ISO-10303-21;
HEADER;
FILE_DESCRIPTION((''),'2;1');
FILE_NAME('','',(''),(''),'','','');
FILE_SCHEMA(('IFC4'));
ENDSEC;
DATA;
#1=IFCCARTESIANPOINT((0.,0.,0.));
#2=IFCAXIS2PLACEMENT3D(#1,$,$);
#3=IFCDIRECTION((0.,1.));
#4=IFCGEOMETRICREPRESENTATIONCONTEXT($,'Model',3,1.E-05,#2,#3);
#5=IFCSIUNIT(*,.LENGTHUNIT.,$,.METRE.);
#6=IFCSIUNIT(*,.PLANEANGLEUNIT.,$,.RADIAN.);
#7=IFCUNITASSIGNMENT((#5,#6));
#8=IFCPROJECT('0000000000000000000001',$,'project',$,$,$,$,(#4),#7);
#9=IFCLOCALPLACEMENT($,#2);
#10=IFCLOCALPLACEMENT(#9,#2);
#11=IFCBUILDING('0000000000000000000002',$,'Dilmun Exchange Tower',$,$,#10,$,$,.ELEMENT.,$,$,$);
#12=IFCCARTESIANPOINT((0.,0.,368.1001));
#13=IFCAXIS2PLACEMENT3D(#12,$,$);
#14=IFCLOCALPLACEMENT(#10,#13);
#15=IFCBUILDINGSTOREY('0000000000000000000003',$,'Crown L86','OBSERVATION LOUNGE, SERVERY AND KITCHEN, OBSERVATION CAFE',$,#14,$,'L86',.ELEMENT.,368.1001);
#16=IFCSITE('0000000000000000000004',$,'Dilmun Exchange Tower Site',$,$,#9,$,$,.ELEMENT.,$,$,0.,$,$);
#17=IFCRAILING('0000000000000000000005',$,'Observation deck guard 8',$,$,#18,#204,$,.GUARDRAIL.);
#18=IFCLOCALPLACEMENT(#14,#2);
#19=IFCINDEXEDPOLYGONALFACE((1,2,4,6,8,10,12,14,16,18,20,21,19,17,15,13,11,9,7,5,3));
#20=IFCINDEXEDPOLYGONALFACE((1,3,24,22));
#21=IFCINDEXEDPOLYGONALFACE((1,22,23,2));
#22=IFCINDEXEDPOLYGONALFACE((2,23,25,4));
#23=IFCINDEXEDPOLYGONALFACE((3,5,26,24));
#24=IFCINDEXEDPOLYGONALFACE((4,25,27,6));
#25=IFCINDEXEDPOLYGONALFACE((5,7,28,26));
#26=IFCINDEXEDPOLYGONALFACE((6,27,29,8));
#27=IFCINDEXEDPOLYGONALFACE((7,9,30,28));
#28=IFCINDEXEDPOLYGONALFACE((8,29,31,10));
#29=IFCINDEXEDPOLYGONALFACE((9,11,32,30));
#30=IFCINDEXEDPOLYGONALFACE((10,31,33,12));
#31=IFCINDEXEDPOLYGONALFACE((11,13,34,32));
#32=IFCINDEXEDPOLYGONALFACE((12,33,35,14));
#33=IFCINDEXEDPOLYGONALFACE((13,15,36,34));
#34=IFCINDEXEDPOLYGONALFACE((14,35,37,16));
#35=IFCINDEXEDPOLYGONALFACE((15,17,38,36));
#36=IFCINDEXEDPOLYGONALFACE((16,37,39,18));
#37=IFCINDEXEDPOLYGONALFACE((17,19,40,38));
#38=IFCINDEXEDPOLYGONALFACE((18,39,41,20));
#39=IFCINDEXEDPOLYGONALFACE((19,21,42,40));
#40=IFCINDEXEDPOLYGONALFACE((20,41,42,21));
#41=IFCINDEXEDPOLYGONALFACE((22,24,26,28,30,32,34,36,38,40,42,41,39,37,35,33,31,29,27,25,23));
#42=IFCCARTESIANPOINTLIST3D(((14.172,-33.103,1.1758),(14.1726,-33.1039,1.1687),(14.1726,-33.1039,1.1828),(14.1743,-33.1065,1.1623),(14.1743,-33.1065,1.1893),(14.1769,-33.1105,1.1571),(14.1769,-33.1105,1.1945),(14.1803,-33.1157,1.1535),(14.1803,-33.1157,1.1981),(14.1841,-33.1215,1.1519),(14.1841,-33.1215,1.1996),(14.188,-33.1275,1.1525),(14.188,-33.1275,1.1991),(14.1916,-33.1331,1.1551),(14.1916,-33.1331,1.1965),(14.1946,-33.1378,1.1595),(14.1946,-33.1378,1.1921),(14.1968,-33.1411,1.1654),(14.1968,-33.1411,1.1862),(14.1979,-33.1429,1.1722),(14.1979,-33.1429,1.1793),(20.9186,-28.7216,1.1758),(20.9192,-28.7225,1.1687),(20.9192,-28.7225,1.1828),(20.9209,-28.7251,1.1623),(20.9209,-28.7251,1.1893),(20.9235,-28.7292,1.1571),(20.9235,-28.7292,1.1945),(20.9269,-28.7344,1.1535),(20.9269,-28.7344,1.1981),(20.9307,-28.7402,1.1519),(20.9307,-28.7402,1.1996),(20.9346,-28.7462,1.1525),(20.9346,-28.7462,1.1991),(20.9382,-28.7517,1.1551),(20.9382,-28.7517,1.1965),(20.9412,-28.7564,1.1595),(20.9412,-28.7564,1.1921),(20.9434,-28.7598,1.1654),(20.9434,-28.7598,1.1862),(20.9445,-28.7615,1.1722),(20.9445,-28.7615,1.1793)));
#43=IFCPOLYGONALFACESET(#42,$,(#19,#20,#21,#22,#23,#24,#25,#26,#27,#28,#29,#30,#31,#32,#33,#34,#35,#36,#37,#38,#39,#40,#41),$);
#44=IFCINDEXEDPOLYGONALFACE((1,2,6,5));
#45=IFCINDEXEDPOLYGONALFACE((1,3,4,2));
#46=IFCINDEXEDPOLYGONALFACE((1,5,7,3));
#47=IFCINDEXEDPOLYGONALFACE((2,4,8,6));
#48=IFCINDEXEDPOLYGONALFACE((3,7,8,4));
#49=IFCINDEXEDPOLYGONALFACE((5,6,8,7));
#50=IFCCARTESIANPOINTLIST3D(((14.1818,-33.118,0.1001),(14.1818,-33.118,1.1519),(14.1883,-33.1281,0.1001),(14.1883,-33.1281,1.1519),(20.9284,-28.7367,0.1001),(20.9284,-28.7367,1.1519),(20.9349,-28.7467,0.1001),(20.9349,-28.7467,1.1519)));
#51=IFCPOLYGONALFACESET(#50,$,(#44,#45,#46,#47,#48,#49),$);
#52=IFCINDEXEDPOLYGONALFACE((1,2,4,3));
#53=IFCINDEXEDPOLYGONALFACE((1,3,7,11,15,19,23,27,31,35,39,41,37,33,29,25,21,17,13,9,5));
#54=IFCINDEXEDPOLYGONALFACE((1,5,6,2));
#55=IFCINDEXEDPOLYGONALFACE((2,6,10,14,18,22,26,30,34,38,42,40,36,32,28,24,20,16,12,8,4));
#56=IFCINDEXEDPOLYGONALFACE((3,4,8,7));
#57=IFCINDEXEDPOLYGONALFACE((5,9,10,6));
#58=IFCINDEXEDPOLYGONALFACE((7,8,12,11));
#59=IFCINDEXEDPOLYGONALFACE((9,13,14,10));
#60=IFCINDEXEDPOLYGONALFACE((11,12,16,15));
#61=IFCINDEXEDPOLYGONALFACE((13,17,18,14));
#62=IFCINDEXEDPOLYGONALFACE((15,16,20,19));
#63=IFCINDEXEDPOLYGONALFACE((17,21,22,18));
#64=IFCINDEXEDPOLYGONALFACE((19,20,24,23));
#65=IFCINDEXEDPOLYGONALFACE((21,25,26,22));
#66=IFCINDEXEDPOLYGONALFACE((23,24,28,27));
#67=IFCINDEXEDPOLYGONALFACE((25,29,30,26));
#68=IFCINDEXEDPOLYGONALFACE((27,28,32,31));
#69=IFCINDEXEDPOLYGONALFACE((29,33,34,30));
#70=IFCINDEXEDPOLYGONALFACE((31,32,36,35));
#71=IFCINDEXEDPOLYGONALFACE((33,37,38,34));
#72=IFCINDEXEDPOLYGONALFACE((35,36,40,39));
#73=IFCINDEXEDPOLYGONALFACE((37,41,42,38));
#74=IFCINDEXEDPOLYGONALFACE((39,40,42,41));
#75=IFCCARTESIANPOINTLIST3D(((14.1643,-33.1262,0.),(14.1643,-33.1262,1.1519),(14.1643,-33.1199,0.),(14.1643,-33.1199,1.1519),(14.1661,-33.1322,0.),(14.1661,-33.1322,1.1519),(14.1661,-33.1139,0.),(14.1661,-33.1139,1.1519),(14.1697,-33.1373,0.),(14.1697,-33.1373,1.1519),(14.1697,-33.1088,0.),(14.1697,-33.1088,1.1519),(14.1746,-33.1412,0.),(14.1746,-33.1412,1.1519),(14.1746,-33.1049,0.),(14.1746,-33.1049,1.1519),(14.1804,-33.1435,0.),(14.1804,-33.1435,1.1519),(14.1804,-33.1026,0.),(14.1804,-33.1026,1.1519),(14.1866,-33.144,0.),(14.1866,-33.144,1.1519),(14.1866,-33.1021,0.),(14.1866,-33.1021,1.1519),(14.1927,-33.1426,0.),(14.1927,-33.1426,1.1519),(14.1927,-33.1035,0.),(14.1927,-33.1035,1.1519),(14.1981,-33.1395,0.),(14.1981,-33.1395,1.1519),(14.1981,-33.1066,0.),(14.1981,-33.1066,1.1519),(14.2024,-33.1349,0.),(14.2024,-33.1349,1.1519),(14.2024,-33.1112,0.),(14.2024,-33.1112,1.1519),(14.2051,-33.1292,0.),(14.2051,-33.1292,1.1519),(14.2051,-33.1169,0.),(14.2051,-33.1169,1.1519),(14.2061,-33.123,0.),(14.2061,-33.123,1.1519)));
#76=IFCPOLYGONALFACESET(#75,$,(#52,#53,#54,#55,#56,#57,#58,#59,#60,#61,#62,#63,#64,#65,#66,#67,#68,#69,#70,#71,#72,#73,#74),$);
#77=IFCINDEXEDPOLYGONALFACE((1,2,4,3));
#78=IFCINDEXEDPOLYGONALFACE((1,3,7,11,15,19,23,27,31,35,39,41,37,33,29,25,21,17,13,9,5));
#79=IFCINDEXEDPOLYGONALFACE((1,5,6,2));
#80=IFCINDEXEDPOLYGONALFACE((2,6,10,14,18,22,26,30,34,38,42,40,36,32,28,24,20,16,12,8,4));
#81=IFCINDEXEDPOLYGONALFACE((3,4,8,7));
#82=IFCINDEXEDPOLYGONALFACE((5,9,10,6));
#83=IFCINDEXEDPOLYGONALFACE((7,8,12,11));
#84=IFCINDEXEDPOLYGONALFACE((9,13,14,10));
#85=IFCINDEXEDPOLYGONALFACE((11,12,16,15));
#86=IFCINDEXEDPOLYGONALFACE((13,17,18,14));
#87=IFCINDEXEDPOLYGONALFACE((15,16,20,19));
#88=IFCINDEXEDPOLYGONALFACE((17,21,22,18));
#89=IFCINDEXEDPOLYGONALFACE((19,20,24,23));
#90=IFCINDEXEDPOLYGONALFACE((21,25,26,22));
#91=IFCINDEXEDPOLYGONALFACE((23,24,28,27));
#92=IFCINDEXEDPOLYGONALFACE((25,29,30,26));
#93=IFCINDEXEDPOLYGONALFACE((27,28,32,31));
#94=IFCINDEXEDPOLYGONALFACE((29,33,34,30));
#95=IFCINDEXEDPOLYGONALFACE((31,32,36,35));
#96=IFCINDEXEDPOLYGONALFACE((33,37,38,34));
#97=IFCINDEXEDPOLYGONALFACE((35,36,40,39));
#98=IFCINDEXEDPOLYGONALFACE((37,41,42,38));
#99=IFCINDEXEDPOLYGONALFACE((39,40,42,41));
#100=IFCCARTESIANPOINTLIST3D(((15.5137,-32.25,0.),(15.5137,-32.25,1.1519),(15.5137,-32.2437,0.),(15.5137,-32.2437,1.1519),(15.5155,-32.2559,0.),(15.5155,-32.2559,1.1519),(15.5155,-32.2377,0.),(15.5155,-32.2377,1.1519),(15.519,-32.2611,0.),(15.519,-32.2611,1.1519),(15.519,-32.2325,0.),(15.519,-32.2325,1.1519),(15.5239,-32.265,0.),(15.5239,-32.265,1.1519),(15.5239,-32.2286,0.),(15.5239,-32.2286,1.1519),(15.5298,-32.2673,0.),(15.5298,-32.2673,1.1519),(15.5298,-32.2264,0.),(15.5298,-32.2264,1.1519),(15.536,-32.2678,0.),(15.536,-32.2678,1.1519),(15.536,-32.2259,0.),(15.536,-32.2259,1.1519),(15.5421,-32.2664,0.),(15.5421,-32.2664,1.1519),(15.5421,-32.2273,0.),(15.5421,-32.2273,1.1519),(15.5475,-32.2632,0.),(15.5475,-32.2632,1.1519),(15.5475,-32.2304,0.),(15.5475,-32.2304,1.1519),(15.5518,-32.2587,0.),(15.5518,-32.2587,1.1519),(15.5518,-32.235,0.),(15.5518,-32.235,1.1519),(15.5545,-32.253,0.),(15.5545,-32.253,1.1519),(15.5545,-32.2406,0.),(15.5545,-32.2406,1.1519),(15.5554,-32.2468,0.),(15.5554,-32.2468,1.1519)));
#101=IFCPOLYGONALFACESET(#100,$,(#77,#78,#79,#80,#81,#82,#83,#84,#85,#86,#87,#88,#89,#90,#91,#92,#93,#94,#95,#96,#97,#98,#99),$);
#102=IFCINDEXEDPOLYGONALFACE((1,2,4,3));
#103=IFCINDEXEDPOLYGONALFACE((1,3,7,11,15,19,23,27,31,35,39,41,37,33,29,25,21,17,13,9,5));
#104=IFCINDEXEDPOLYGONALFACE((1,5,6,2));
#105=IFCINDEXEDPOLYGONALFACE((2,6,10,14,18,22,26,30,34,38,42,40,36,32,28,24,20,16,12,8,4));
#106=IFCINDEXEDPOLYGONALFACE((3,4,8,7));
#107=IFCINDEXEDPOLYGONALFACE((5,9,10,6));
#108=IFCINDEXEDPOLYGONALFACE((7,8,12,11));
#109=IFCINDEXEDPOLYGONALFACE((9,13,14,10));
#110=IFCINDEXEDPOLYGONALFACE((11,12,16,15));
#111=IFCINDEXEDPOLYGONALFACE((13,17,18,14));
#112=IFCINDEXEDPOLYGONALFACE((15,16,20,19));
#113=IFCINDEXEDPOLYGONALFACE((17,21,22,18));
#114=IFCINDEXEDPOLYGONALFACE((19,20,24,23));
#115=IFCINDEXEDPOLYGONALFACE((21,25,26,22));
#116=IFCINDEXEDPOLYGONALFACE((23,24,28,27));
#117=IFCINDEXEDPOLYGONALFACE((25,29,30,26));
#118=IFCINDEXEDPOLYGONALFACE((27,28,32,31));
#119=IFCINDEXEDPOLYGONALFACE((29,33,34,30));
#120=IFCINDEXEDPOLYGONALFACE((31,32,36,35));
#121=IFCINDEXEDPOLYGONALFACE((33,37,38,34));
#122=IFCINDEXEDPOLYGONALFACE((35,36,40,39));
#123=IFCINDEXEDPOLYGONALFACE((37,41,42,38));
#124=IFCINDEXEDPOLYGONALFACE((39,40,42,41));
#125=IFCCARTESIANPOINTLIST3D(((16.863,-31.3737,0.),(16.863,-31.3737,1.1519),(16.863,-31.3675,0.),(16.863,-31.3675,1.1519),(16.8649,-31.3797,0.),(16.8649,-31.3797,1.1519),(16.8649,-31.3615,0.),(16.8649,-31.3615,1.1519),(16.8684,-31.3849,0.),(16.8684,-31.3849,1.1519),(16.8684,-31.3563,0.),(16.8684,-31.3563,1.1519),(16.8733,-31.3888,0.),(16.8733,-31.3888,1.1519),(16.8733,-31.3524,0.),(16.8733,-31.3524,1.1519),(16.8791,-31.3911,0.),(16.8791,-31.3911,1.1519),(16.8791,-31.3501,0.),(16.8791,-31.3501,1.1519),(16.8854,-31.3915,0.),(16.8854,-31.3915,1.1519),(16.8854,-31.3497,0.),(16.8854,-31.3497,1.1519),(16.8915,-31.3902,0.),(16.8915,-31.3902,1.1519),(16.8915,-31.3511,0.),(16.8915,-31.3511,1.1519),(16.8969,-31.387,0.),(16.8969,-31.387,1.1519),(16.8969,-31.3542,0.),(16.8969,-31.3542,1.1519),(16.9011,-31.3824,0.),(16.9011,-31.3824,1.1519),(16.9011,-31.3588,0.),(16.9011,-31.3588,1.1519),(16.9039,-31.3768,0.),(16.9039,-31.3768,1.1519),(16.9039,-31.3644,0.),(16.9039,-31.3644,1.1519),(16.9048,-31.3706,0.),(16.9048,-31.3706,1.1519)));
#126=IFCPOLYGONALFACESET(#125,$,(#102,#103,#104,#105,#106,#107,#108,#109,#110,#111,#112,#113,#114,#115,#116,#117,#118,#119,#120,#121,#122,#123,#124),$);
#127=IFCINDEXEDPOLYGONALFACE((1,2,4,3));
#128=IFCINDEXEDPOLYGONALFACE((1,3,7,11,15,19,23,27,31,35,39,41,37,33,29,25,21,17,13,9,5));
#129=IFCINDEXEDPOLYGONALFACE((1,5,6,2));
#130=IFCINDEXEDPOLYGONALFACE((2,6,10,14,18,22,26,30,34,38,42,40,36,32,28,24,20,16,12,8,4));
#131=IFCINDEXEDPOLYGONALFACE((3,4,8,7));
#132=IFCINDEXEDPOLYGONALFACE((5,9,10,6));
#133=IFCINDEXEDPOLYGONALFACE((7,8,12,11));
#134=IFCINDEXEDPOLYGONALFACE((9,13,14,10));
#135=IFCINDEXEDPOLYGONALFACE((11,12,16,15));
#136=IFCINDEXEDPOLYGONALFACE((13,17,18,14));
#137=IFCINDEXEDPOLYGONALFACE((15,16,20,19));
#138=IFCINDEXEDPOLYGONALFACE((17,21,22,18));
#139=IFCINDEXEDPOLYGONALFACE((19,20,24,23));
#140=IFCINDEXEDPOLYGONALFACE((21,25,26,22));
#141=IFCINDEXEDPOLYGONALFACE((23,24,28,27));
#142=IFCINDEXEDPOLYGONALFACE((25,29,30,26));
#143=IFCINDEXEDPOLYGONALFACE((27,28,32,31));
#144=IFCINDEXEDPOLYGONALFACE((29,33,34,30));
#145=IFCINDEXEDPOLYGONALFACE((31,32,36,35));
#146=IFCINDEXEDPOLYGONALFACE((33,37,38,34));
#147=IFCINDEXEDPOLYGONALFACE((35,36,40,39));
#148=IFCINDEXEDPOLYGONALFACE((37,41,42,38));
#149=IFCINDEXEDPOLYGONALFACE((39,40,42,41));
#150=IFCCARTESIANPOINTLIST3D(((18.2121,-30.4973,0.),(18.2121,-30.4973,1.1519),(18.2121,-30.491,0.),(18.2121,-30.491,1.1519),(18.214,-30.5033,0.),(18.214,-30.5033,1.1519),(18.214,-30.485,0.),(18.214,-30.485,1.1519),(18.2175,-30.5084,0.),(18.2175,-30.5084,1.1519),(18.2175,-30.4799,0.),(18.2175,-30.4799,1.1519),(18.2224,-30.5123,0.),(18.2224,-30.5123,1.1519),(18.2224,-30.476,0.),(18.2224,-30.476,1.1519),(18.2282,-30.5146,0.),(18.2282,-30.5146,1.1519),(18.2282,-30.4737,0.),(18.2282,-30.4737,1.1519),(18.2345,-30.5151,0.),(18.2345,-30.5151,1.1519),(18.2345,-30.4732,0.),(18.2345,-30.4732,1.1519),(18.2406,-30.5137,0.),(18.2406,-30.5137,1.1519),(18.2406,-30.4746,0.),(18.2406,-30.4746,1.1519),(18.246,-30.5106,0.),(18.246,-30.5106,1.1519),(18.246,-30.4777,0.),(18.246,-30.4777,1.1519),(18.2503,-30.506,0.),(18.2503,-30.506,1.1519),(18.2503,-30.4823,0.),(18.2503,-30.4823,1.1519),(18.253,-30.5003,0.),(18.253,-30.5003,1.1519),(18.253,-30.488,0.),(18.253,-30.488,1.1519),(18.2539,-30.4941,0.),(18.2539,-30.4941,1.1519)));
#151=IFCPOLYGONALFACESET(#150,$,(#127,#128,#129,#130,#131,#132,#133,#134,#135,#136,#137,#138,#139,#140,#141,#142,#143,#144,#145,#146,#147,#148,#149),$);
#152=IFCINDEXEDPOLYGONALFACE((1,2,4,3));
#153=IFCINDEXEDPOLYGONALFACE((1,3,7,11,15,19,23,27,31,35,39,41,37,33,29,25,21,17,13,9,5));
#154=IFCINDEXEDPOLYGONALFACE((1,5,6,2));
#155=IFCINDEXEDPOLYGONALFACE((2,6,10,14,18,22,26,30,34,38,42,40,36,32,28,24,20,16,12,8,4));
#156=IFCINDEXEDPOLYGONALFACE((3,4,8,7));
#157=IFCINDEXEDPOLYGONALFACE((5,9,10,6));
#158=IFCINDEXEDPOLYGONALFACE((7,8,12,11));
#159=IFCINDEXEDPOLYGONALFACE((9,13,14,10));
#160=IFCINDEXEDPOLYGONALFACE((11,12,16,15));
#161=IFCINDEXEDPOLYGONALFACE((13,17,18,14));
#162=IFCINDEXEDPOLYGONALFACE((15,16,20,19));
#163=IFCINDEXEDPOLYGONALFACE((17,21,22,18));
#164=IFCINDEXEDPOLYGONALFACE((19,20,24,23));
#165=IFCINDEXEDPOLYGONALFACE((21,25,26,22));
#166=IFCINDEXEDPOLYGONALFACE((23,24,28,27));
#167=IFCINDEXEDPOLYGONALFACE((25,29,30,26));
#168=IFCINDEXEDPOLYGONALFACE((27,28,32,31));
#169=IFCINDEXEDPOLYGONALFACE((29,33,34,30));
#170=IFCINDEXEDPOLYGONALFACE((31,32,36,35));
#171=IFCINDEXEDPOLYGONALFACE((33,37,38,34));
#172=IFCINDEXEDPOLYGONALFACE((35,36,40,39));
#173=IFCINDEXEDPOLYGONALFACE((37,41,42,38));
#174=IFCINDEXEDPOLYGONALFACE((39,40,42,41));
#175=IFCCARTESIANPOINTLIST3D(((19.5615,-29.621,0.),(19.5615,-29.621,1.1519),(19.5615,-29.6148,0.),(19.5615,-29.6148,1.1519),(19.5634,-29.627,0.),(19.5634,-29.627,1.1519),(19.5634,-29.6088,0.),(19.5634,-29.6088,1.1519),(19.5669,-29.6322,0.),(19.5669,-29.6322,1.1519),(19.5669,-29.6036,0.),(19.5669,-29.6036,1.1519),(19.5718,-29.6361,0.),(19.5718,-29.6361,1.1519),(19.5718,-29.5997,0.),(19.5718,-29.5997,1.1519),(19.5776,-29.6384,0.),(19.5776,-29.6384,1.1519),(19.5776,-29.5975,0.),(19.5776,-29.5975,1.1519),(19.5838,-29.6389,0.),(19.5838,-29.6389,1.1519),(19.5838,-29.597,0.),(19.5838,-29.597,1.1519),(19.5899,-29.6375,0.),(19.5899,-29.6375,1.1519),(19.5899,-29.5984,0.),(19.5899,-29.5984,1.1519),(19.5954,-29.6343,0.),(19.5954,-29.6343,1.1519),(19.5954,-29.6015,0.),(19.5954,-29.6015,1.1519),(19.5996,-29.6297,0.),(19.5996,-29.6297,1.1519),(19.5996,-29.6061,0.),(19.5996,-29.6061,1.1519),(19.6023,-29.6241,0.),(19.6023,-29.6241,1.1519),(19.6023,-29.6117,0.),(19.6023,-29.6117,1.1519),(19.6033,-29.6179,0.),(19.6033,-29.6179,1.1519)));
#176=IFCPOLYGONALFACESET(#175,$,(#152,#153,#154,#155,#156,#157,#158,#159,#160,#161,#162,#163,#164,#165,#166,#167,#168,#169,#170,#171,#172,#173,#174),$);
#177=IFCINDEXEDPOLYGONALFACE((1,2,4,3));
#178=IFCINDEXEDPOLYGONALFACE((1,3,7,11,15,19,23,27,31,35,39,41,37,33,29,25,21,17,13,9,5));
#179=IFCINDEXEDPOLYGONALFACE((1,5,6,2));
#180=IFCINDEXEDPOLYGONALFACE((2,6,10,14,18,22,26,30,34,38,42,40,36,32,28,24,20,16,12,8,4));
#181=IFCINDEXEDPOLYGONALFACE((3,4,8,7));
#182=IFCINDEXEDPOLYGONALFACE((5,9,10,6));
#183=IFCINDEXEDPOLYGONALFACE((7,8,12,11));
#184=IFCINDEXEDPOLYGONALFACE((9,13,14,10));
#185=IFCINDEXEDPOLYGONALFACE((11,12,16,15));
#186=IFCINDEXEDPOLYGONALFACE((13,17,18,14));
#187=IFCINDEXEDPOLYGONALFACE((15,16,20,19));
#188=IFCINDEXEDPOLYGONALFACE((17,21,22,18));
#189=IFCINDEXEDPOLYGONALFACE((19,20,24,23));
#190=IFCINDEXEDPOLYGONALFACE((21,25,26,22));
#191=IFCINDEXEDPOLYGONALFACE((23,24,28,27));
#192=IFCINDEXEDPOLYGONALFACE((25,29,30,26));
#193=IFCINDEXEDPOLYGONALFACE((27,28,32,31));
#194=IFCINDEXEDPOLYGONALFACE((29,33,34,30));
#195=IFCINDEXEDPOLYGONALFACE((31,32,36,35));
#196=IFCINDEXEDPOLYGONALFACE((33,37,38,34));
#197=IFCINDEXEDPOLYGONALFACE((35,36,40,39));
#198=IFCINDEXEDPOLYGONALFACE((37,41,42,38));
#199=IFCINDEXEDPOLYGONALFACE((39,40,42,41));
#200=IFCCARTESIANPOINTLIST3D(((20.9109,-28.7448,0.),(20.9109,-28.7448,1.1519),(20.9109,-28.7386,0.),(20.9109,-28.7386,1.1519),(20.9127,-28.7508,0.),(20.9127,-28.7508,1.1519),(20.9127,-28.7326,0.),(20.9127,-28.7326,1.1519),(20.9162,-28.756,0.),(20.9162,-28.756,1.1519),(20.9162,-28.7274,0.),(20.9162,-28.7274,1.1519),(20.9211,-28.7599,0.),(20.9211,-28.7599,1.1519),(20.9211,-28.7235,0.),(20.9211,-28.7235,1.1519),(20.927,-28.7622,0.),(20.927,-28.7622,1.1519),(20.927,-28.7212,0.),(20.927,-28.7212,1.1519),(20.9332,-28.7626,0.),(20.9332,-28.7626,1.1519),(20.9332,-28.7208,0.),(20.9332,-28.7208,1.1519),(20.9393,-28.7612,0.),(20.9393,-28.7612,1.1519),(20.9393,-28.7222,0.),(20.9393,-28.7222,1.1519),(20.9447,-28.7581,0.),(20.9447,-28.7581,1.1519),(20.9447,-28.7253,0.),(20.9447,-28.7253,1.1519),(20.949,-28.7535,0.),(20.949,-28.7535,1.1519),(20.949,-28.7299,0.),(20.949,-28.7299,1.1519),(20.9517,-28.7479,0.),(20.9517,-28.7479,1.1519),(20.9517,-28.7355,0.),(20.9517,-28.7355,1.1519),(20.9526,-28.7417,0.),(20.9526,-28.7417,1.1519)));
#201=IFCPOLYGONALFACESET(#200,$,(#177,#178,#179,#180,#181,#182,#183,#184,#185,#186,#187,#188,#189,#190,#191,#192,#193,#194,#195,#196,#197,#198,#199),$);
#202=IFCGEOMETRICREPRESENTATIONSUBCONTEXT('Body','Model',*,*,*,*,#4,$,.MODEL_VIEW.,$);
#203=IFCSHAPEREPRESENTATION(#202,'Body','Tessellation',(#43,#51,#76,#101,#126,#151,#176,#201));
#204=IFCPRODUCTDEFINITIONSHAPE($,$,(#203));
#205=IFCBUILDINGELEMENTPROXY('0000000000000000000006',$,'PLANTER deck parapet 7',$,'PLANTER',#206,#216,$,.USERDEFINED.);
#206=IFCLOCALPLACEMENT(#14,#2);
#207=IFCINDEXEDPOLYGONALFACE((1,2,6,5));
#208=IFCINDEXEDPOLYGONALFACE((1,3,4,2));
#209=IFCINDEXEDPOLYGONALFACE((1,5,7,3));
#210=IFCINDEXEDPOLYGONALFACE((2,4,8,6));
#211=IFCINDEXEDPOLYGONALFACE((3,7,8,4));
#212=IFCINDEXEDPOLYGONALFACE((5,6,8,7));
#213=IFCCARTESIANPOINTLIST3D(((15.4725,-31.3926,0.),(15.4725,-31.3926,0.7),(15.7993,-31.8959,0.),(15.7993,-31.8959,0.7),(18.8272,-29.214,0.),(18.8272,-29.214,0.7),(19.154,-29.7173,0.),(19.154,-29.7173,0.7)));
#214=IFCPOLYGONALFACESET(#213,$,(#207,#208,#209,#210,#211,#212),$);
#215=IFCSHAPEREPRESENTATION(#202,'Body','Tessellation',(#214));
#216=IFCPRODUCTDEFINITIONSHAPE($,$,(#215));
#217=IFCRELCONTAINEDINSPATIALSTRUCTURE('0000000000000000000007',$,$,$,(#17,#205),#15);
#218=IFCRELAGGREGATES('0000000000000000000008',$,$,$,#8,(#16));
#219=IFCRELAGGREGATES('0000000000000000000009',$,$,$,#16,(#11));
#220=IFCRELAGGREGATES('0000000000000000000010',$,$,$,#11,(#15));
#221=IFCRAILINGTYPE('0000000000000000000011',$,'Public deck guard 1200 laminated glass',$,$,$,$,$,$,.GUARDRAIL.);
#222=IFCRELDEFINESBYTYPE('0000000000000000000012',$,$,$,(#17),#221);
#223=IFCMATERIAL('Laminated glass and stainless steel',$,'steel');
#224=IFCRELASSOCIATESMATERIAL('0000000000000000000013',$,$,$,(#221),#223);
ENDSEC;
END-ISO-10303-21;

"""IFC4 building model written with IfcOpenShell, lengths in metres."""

from ifc_helpers import new_model, si_unit, direction, frame, origin, origin_2d, place, context, subcontext, project, spatial, rectangle, circle, extrude, material, type_object, element, save


model = new_model("IFC4")

# Units and contexts
model_context = context("Model", 3, precision=1e-05, world=origin(), true_north=direction((0.0, 1.0)))
body_context = subcontext(model_context, "Body", "Model", "MODEL_VIEW")
ifc_project = project(units=[si_unit("LENGTHUNIT", "METRE"), si_unit("PLANEANGLEUNIT", "RADIAN")], contexts=[model_context])

# Site, building, storey
site_placement = place(None, origin())
site = spatial("IfcSite", under=ifc_project, at=site_placement, Name="Dilmun Exchange Tower Site", CompositionType="ELEMENT", RefElevation=0.0)
building_placement = place(site_placement, origin())
building = spatial("IfcBuilding", under=site, at=building_placement, Name="Dilmun Exchange Tower", CompositionType="ELEMENT")
storey_placement = place(building_placement, frame((0.0, 0.0, 368.1001)))
storey = spatial("IfcBuildingStorey", under=building, at=storey_placement, Name="Crown L86", Description="OBSERVATION LOUNGE, SERVERY AND KITCHEN, OBSERVATION CAFE", LongName="L86", CompositionType="ELEMENT", Elevation=368.1001)

# Railing
ifc_material_1 = material(Name="Laminated glass and stainless steel", Category="steel")
railing_type = type_object("IfcRailingType", Name="Public deck guard 1200 laminated glass", PredefinedType="GUARDRAIL", material=ifc_material_1)
railing_1_placement = place(storey_placement, frame((14.1851, -33.123, 0.0)))
element("IfcRailing", 1, at=railing_1_placement, inside=storey, type_object=railing_type, Name="Observation deck guard 8", PredefinedType="GUARDRAIL", context=body_context, shape_type="SweptSolid", body=[
    extrude(circle(Radius=0.0239, at=origin_2d()), frame((0.0, 0.0, 1.1758), z_axis=(0.838667, 0.544645, 0.0), x_axis=(-0.544645, 0.838667, 0.0)), (0.0, 0.0, 1.0), 8.0444),
    extrude(rectangle(XDim=0.012, YDim=1.0518, at=origin_2d()), frame((0.0, 0.0, 0.626), z_axis=(0.838667, 0.544645, 0.0), x_axis=(-0.544645, 0.838667, 0.0)), (0.0, 0.0, 1.0), 8.0444),
    extrude(circle(Radius=0.021, at=origin_2d()), origin(), (0.0, 0.0, 1.0), 1.1519),
    extrude(circle(Radius=0.021, at=origin_2d()), frame((1.3494, 0.8762, 0.0)), (0.0, 0.0, 1.0), 1.1519),
    extrude(circle(Radius=0.021, at=origin_2d()), frame((2.6987, 1.7524, 0.0)), (0.0, 0.0, 1.0), 1.1519),
    extrude(circle(Radius=0.021, at=origin_2d()), frame((4.0479, 2.6289, 0.0)), (0.0, 0.0, 1.0), 1.1519),
    extrude(circle(Radius=0.021, at=origin_2d()), frame((5.3972, 3.5051, 0.0)), (0.0, 0.0, 1.0), 1.1519),
    extrude(circle(Radius=0.021, at=origin_2d()), frame((6.7466, 4.3813, 0.0)), (0.0, 0.0, 1.0), 1.1519),
])

# Building element proxy
proxy_placement = place(storey_placement, frame((17.3132, -30.5549, 0.0), z_axis=(0.0, 0.0, 1.0), x_axis=(0.838671, 0.544639, 0.0)))
element("IfcBuildingElementProxy", 2, at=proxy_placement, inside=storey, Name="PLANTER deck parapet 7", ObjectType="PLANTER", PredefinedType="USERDEFINED", context=body_context, shape_type="SweptSolid", body=[
    extrude(rectangle(XDim=4.0, YDim=0.6001, at=origin_2d()), origin(), (0.0, 0.0, 1.0), 0.7),
])

save(model, "model.ifc")
